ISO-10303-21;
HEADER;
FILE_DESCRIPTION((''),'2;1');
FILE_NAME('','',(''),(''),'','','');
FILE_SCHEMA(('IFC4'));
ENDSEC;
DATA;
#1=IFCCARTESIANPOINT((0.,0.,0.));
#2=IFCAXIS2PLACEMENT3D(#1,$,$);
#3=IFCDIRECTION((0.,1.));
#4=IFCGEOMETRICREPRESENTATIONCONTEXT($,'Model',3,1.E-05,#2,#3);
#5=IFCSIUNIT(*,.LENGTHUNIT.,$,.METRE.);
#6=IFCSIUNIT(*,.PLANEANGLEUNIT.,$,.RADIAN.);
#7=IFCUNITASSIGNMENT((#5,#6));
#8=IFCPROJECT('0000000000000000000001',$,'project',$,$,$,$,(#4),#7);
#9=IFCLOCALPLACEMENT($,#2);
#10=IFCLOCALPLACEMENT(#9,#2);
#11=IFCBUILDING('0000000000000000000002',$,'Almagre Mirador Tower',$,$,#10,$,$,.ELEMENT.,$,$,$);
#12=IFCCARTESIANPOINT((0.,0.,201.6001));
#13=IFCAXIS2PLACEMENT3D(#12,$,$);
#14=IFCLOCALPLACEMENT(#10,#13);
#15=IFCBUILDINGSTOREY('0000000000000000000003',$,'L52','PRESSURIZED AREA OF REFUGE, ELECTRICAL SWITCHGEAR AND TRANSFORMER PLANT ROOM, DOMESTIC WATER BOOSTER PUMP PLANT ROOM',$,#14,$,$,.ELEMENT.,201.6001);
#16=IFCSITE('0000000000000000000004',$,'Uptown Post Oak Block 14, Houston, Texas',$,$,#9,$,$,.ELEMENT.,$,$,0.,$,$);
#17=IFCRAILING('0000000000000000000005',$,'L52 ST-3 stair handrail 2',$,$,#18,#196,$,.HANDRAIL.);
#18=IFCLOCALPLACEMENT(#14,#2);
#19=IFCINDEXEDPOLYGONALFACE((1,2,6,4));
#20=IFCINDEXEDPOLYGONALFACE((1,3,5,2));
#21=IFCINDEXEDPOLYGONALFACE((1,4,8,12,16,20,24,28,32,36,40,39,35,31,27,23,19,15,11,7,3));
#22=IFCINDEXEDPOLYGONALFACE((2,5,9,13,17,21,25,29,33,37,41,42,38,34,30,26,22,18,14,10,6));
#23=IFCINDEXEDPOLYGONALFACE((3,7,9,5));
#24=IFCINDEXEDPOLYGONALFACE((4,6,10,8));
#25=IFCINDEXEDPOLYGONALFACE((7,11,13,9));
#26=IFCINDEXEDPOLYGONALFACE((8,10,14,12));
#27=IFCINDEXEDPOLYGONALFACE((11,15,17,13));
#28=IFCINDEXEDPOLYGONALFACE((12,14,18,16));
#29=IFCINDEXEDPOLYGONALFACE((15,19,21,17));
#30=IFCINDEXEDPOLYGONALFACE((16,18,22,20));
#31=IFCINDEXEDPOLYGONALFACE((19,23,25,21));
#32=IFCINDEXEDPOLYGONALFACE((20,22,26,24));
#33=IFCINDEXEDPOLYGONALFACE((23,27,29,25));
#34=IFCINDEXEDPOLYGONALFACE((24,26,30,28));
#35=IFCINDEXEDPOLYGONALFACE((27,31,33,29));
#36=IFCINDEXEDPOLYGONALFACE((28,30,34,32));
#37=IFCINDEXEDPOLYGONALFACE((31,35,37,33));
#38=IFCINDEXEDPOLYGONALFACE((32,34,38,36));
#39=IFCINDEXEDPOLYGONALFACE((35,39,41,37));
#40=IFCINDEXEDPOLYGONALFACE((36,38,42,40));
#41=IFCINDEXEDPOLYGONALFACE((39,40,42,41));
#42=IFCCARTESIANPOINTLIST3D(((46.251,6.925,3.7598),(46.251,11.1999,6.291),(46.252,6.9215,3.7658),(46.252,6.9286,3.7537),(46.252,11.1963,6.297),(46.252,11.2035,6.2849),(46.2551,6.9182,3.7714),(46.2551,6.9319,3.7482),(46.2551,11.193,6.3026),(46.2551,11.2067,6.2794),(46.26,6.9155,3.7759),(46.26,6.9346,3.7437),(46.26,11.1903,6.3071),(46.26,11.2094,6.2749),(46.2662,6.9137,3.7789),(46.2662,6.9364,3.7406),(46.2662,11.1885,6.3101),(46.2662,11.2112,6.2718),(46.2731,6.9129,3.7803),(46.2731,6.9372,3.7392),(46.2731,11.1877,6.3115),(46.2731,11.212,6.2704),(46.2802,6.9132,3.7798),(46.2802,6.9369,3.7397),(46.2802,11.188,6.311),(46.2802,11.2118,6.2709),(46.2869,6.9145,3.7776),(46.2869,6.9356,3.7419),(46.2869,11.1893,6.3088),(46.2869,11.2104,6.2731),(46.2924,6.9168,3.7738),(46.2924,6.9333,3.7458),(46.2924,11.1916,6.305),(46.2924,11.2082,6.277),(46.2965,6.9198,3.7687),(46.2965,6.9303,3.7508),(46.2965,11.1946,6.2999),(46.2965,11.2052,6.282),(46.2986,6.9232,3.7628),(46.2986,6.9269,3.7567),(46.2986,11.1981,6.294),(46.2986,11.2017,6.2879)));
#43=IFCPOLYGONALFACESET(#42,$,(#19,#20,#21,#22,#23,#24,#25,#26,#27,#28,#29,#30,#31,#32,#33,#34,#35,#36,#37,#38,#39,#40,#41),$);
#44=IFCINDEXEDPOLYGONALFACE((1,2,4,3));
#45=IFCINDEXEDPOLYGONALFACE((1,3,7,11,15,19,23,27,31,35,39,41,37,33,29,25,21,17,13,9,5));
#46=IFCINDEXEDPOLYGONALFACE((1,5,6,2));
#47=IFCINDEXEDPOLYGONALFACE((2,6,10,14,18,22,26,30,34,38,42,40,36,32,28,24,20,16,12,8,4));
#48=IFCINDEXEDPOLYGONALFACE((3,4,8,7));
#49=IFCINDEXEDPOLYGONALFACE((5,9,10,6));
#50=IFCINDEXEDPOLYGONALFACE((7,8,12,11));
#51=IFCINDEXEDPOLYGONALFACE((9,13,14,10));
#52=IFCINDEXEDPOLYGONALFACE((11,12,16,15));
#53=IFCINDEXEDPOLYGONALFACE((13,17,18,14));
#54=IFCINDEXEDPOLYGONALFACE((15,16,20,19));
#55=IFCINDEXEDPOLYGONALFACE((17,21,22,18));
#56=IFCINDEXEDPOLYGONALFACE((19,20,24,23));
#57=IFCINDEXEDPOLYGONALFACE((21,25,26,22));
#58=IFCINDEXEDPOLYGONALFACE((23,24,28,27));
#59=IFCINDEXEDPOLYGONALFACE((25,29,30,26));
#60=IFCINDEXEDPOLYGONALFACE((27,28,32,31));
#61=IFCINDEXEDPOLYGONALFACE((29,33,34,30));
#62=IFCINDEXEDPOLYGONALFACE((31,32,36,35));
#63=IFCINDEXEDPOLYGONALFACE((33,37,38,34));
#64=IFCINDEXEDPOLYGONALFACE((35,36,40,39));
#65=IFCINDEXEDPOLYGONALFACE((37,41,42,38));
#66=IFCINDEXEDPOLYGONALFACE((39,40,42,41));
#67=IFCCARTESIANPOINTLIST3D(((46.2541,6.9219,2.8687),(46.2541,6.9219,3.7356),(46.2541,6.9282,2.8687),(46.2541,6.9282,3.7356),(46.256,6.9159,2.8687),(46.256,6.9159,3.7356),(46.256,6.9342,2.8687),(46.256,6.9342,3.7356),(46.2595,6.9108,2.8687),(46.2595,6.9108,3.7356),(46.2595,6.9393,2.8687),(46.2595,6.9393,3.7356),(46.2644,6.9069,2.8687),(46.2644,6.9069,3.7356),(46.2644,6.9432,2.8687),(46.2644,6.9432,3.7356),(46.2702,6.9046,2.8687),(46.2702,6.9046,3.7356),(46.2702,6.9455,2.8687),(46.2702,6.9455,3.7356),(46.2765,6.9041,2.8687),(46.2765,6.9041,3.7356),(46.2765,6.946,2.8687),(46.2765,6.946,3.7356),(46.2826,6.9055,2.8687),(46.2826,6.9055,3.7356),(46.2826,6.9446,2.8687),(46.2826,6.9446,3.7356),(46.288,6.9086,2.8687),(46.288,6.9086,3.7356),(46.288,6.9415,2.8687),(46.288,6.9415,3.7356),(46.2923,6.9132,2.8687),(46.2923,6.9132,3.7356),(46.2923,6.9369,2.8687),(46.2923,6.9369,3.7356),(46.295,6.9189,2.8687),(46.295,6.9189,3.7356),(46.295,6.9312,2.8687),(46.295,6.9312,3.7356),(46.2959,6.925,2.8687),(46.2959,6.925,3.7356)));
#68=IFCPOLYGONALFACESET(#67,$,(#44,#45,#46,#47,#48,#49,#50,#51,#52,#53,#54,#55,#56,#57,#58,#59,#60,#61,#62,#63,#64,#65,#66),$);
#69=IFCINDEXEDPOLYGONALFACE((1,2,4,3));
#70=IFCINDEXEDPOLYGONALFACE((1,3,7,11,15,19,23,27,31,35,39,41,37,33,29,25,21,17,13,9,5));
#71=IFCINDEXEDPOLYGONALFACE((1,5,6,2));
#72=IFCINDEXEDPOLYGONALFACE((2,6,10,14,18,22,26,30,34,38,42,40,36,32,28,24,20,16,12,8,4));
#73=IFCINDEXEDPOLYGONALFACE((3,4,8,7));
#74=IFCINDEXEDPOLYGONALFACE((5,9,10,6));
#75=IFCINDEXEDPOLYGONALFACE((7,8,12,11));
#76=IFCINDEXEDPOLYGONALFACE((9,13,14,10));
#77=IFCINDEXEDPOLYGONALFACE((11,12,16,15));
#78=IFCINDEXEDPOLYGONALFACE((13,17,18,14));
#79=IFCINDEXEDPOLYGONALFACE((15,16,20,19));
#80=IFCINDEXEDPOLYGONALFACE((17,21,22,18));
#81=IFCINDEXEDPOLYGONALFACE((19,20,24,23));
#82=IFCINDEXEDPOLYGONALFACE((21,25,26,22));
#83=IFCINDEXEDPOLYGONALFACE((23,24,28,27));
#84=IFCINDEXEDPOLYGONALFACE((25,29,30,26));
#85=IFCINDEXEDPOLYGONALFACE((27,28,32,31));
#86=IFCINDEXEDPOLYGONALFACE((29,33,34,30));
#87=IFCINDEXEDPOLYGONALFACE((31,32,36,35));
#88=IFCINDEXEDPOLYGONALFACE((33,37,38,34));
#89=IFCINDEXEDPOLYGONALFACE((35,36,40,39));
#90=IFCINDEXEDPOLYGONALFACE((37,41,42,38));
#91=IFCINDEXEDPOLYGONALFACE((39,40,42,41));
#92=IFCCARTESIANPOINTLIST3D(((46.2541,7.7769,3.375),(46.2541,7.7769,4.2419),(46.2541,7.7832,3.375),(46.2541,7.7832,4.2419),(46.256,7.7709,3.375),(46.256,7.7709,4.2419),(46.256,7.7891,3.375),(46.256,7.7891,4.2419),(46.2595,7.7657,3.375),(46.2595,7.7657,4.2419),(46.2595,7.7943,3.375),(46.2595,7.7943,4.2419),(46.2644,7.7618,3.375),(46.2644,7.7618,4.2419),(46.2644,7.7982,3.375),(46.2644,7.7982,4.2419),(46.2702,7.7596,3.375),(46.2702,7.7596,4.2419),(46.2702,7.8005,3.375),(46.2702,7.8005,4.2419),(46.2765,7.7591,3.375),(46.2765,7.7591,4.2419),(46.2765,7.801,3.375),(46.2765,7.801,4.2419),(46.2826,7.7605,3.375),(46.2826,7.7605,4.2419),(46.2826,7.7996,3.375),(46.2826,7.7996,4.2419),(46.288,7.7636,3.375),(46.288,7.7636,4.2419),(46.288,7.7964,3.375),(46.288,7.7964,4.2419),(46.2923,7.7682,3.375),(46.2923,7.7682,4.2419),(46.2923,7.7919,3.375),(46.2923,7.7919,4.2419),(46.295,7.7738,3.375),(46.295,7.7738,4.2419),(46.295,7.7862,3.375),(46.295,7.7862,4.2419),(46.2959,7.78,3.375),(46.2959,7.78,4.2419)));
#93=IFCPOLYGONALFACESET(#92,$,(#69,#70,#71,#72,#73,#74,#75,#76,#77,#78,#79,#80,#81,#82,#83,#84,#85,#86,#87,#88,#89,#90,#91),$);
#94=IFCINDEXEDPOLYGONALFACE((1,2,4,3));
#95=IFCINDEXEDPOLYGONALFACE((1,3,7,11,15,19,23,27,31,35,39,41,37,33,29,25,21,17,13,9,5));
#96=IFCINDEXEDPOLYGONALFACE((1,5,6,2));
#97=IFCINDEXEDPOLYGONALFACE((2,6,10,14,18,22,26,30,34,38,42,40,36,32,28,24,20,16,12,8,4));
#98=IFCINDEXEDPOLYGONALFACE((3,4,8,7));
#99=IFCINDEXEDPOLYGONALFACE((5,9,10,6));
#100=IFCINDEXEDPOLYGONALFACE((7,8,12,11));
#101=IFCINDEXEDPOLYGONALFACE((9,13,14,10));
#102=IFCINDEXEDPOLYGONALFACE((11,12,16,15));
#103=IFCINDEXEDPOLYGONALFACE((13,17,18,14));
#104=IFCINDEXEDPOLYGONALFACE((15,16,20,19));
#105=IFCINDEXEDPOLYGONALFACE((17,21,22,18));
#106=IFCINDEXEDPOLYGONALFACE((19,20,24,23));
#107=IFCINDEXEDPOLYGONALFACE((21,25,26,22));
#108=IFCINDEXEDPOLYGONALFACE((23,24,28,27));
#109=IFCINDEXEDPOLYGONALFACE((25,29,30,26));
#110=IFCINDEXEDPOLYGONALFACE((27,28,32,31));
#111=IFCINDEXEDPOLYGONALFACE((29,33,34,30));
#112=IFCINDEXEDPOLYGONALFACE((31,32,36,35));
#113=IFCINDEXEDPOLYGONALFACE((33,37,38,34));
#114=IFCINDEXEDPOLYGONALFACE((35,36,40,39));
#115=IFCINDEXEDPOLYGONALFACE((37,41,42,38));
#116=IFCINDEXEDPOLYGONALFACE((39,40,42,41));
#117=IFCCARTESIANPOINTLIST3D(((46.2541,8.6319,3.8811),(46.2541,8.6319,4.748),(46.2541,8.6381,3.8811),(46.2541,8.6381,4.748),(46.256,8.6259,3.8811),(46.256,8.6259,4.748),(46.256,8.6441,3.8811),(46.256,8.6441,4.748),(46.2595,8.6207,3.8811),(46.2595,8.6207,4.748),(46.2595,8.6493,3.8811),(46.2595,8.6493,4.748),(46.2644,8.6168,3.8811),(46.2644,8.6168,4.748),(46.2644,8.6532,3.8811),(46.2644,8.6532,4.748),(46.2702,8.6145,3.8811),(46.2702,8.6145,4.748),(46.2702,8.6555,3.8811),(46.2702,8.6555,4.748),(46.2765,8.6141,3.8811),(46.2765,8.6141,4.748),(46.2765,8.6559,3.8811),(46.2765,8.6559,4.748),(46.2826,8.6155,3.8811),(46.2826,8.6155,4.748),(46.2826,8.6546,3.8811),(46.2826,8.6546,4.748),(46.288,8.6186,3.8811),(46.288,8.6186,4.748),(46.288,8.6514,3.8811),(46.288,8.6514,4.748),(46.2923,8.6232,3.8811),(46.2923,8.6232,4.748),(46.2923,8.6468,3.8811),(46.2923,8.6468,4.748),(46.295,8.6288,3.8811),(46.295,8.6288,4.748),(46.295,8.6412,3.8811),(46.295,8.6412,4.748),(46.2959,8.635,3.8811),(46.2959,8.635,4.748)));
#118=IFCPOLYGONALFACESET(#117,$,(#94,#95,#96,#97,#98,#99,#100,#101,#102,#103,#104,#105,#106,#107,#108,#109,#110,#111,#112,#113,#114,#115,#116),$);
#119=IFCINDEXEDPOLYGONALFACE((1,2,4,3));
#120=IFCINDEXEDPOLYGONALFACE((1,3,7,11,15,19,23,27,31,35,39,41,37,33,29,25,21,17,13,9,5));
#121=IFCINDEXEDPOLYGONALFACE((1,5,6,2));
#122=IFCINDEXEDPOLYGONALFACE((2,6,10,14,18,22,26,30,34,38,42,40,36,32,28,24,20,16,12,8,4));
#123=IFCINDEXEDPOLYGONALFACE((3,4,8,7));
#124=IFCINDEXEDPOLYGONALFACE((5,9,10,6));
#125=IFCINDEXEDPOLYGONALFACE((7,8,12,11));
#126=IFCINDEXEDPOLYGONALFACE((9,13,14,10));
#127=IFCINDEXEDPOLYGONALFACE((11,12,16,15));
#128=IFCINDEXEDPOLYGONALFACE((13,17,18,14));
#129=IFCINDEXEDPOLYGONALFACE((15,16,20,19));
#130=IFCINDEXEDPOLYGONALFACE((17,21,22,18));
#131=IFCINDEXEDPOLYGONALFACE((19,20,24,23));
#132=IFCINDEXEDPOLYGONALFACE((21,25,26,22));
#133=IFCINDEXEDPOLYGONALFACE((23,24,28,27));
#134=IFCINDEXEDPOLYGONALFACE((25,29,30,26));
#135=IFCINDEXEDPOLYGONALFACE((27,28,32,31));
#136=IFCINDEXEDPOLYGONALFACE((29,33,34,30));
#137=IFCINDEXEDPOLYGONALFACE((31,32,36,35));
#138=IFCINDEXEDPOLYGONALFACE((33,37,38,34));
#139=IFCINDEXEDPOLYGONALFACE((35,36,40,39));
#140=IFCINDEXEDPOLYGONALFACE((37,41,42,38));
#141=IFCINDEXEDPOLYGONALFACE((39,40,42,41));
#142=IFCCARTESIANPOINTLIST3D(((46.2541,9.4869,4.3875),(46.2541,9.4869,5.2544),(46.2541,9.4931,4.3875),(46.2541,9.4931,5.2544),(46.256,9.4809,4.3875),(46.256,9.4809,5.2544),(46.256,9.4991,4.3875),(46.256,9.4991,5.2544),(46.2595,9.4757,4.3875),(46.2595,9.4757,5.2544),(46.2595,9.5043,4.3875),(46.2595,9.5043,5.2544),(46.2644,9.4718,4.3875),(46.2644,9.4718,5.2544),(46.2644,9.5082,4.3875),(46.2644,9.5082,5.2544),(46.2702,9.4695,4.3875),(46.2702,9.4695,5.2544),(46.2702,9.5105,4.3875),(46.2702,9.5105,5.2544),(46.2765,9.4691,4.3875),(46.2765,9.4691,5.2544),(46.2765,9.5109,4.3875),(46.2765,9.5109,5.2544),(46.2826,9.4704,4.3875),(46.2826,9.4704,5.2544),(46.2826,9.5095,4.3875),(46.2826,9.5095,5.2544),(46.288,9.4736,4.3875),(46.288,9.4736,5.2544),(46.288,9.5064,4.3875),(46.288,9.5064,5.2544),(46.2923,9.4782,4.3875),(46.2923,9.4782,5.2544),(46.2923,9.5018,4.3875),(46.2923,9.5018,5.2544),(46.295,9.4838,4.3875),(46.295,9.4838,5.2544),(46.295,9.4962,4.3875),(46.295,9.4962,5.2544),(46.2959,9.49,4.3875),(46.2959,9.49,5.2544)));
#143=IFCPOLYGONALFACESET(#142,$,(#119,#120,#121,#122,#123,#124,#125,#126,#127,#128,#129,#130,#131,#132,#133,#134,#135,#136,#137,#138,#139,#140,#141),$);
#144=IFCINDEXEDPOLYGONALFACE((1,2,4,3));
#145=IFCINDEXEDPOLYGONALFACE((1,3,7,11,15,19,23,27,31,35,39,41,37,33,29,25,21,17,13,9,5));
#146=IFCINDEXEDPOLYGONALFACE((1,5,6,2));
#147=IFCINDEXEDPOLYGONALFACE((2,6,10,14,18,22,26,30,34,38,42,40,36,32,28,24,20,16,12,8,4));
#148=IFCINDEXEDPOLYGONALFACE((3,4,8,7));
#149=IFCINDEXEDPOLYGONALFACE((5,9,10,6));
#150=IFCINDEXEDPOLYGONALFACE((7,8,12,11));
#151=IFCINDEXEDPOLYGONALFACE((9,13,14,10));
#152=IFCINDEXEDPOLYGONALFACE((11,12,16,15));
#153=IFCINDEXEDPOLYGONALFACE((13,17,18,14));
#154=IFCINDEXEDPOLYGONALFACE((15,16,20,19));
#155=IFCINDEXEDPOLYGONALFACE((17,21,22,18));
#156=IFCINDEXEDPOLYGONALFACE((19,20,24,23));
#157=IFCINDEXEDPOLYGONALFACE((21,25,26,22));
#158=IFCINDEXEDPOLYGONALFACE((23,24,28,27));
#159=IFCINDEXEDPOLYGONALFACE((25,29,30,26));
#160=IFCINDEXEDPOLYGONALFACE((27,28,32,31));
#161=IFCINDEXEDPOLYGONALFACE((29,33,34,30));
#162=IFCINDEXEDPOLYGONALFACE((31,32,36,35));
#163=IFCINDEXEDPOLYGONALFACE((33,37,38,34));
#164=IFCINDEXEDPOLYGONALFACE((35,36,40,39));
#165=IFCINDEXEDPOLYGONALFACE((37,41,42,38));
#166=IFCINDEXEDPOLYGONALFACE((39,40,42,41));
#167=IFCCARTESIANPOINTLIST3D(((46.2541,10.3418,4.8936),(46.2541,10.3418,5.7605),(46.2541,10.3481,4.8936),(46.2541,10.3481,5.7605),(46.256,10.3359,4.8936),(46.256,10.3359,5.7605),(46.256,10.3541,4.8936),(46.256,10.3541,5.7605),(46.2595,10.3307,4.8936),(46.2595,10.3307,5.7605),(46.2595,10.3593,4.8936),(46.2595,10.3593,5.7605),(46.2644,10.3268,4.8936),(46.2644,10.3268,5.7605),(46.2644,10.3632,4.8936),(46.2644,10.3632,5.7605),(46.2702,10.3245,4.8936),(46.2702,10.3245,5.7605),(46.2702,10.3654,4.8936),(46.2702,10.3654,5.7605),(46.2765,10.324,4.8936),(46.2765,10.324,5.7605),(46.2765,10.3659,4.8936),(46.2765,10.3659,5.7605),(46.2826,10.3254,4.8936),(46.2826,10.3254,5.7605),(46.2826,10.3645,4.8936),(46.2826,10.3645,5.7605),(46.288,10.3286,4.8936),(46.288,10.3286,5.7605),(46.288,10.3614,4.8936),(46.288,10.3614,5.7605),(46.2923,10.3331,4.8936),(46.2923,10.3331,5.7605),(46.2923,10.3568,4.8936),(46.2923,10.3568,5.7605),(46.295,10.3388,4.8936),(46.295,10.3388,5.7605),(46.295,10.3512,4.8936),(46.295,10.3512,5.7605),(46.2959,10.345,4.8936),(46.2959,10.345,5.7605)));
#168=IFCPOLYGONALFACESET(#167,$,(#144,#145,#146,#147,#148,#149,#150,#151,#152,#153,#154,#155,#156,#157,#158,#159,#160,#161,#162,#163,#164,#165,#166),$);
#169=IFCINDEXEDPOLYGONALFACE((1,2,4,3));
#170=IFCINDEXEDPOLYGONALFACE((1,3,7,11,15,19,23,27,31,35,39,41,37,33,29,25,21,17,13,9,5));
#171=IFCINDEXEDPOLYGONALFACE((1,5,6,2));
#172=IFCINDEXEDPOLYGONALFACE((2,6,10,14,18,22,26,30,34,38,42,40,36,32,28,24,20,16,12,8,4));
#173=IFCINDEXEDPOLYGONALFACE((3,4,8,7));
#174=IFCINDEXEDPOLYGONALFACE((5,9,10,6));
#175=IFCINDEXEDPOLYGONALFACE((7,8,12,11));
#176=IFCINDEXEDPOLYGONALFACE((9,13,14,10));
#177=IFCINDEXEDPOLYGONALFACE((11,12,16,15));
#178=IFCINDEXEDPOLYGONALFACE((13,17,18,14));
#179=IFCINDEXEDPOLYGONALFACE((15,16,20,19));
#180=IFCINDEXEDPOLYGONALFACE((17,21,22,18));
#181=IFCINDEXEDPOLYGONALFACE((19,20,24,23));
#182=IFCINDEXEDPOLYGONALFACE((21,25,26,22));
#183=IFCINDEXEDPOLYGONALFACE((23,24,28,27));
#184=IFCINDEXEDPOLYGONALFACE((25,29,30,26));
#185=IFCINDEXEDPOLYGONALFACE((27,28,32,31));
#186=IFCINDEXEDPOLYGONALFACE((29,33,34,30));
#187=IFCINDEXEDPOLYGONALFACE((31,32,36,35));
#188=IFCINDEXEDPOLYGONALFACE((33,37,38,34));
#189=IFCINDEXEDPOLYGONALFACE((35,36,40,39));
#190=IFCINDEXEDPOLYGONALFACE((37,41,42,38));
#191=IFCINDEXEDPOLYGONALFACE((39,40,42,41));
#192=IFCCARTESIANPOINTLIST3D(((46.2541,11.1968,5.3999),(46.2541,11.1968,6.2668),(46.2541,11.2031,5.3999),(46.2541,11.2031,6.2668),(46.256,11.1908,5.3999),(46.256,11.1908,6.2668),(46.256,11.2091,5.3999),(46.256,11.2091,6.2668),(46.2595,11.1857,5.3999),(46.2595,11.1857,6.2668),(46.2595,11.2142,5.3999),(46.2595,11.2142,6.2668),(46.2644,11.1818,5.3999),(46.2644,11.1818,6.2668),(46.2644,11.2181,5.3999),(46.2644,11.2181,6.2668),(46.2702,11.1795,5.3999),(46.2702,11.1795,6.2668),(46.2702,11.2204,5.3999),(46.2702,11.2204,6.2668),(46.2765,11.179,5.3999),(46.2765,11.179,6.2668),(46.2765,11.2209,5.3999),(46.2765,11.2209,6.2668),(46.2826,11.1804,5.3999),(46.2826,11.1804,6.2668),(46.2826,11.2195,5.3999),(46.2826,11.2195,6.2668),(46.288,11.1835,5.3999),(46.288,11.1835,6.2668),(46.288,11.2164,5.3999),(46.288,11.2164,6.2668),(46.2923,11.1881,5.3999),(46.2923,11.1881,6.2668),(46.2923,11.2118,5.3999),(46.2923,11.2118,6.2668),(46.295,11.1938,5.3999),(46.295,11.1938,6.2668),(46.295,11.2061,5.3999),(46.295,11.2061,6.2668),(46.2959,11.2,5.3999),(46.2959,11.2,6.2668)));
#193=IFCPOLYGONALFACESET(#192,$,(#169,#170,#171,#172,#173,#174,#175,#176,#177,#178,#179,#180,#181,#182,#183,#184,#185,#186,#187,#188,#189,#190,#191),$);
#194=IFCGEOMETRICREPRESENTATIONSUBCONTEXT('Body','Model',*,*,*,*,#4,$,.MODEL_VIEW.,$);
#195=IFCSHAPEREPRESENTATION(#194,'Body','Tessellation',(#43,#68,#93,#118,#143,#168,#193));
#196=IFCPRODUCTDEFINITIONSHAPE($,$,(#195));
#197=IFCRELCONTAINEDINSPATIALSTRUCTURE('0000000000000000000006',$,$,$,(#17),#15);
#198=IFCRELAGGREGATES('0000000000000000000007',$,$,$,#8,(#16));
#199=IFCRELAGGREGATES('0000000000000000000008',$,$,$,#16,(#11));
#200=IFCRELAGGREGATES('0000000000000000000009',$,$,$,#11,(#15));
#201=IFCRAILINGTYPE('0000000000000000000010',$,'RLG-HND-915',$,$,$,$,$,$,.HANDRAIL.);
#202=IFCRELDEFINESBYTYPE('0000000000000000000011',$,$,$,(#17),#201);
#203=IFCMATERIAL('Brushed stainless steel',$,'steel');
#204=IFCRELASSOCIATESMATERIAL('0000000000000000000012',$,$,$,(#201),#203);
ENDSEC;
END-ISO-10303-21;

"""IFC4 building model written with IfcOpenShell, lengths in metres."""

from ifc_helpers import new_model, si_unit, direction, frame, origin, origin_2d, place, context, subcontext, project, spatial, circle, extrude, material, type_object, element, save


model = new_model("IFC4")

# Units and contexts
model_context = context("Model", 3, precision=1e-05, world=origin(), true_north=direction((0.0, 1.0)))
body_context = subcontext(model_context, "Body", "Model", "MODEL_VIEW")
ifc_project = project(units=[si_unit("LENGTHUNIT", "METRE"), si_unit("PLANEANGLEUNIT", "RADIAN")], contexts=[model_context])

# Site, building, storey
site_placement = place(None, origin())
site = spatial("IfcSite", under=ifc_project, at=site_placement, Name="Uptown Post Oak Block 14, Houston, Texas", CompositionType="ELEMENT", RefElevation=0.0)
building_placement = place(site_placement, origin())
building = spatial("IfcBuilding", under=site, at=building_placement, Name="Almagre Mirador Tower", CompositionType="ELEMENT")
storey_placement = place(building_placement, frame((0.0, 0.0, 201.6001)))
storey = spatial("IfcBuildingStorey", under=building, at=storey_placement, Name="L52", Description="PRESSURIZED AREA OF REFUGE, ELECTRICAL SWITCHGEAR AND TRANSFORMER PLANT ROOM, DOMESTIC WATER BOOSTER PUMP PLANT ROOM", CompositionType="ELEMENT", Elevation=201.6001)

# Railing
ifc_material_1 = material(Name="Brushed stainless steel", Category="steel")
railing_type_1 = type_object("IfcRailingType", Name="RLG-HND-915", PredefinedType="HANDRAIL", material=ifc_material_1)
railing_1_placement = place(storey_placement, frame((46.2749, 6.925, 2.8687)))
element("IfcRailing", 1, at=railing_1_placement, inside=storey, type_object=railing_type_1, Name="L52 ST-3 stair handrail 2", PredefinedType="HANDRAIL", context=body_context, shape_type="SweptSolid", body=[
    extrude(circle(Radius=0.0239, at=origin_2d()), frame((0.0, 0.0, 0.8911), z_axis=(0.0, 0.86047, 0.509501), x_axis=(-1.0, 0.0, 0.0)), (0.0, 0.0, 1.0), 4.968),
    extrude(circle(Radius=0.021, at=origin_2d()), origin(), (0.0, 0.0, 1.0), 0.8669),
    extrude(circle(Radius=0.021, at=origin_2d()), frame((0.0, 0.855, 0.5063)), (0.0, 0.0, 1.0), 0.8669),
    extrude(circle(Radius=0.021, at=origin_2d()), frame((0.0, 1.71, 1.0125)), (0.0, 0.0, 1.0), 0.8669),
    extrude(circle(Radius=0.021, at=origin_2d()), frame((0.0, 2.5649, 1.5188)), (0.0, 0.0, 1.0), 0.8669),
    extrude(circle(Radius=0.021, at=origin_2d()), frame((0.0, 3.4199, 2.0249)), (0.0, 0.0, 1.0), 0.8669),
    extrude(circle(Radius=0.021, at=origin_2d()), frame((0.0, 4.2749, 2.5312)), (0.0, 0.0, 1.0), 0.8669),
])

save(model, "model.ifc")
